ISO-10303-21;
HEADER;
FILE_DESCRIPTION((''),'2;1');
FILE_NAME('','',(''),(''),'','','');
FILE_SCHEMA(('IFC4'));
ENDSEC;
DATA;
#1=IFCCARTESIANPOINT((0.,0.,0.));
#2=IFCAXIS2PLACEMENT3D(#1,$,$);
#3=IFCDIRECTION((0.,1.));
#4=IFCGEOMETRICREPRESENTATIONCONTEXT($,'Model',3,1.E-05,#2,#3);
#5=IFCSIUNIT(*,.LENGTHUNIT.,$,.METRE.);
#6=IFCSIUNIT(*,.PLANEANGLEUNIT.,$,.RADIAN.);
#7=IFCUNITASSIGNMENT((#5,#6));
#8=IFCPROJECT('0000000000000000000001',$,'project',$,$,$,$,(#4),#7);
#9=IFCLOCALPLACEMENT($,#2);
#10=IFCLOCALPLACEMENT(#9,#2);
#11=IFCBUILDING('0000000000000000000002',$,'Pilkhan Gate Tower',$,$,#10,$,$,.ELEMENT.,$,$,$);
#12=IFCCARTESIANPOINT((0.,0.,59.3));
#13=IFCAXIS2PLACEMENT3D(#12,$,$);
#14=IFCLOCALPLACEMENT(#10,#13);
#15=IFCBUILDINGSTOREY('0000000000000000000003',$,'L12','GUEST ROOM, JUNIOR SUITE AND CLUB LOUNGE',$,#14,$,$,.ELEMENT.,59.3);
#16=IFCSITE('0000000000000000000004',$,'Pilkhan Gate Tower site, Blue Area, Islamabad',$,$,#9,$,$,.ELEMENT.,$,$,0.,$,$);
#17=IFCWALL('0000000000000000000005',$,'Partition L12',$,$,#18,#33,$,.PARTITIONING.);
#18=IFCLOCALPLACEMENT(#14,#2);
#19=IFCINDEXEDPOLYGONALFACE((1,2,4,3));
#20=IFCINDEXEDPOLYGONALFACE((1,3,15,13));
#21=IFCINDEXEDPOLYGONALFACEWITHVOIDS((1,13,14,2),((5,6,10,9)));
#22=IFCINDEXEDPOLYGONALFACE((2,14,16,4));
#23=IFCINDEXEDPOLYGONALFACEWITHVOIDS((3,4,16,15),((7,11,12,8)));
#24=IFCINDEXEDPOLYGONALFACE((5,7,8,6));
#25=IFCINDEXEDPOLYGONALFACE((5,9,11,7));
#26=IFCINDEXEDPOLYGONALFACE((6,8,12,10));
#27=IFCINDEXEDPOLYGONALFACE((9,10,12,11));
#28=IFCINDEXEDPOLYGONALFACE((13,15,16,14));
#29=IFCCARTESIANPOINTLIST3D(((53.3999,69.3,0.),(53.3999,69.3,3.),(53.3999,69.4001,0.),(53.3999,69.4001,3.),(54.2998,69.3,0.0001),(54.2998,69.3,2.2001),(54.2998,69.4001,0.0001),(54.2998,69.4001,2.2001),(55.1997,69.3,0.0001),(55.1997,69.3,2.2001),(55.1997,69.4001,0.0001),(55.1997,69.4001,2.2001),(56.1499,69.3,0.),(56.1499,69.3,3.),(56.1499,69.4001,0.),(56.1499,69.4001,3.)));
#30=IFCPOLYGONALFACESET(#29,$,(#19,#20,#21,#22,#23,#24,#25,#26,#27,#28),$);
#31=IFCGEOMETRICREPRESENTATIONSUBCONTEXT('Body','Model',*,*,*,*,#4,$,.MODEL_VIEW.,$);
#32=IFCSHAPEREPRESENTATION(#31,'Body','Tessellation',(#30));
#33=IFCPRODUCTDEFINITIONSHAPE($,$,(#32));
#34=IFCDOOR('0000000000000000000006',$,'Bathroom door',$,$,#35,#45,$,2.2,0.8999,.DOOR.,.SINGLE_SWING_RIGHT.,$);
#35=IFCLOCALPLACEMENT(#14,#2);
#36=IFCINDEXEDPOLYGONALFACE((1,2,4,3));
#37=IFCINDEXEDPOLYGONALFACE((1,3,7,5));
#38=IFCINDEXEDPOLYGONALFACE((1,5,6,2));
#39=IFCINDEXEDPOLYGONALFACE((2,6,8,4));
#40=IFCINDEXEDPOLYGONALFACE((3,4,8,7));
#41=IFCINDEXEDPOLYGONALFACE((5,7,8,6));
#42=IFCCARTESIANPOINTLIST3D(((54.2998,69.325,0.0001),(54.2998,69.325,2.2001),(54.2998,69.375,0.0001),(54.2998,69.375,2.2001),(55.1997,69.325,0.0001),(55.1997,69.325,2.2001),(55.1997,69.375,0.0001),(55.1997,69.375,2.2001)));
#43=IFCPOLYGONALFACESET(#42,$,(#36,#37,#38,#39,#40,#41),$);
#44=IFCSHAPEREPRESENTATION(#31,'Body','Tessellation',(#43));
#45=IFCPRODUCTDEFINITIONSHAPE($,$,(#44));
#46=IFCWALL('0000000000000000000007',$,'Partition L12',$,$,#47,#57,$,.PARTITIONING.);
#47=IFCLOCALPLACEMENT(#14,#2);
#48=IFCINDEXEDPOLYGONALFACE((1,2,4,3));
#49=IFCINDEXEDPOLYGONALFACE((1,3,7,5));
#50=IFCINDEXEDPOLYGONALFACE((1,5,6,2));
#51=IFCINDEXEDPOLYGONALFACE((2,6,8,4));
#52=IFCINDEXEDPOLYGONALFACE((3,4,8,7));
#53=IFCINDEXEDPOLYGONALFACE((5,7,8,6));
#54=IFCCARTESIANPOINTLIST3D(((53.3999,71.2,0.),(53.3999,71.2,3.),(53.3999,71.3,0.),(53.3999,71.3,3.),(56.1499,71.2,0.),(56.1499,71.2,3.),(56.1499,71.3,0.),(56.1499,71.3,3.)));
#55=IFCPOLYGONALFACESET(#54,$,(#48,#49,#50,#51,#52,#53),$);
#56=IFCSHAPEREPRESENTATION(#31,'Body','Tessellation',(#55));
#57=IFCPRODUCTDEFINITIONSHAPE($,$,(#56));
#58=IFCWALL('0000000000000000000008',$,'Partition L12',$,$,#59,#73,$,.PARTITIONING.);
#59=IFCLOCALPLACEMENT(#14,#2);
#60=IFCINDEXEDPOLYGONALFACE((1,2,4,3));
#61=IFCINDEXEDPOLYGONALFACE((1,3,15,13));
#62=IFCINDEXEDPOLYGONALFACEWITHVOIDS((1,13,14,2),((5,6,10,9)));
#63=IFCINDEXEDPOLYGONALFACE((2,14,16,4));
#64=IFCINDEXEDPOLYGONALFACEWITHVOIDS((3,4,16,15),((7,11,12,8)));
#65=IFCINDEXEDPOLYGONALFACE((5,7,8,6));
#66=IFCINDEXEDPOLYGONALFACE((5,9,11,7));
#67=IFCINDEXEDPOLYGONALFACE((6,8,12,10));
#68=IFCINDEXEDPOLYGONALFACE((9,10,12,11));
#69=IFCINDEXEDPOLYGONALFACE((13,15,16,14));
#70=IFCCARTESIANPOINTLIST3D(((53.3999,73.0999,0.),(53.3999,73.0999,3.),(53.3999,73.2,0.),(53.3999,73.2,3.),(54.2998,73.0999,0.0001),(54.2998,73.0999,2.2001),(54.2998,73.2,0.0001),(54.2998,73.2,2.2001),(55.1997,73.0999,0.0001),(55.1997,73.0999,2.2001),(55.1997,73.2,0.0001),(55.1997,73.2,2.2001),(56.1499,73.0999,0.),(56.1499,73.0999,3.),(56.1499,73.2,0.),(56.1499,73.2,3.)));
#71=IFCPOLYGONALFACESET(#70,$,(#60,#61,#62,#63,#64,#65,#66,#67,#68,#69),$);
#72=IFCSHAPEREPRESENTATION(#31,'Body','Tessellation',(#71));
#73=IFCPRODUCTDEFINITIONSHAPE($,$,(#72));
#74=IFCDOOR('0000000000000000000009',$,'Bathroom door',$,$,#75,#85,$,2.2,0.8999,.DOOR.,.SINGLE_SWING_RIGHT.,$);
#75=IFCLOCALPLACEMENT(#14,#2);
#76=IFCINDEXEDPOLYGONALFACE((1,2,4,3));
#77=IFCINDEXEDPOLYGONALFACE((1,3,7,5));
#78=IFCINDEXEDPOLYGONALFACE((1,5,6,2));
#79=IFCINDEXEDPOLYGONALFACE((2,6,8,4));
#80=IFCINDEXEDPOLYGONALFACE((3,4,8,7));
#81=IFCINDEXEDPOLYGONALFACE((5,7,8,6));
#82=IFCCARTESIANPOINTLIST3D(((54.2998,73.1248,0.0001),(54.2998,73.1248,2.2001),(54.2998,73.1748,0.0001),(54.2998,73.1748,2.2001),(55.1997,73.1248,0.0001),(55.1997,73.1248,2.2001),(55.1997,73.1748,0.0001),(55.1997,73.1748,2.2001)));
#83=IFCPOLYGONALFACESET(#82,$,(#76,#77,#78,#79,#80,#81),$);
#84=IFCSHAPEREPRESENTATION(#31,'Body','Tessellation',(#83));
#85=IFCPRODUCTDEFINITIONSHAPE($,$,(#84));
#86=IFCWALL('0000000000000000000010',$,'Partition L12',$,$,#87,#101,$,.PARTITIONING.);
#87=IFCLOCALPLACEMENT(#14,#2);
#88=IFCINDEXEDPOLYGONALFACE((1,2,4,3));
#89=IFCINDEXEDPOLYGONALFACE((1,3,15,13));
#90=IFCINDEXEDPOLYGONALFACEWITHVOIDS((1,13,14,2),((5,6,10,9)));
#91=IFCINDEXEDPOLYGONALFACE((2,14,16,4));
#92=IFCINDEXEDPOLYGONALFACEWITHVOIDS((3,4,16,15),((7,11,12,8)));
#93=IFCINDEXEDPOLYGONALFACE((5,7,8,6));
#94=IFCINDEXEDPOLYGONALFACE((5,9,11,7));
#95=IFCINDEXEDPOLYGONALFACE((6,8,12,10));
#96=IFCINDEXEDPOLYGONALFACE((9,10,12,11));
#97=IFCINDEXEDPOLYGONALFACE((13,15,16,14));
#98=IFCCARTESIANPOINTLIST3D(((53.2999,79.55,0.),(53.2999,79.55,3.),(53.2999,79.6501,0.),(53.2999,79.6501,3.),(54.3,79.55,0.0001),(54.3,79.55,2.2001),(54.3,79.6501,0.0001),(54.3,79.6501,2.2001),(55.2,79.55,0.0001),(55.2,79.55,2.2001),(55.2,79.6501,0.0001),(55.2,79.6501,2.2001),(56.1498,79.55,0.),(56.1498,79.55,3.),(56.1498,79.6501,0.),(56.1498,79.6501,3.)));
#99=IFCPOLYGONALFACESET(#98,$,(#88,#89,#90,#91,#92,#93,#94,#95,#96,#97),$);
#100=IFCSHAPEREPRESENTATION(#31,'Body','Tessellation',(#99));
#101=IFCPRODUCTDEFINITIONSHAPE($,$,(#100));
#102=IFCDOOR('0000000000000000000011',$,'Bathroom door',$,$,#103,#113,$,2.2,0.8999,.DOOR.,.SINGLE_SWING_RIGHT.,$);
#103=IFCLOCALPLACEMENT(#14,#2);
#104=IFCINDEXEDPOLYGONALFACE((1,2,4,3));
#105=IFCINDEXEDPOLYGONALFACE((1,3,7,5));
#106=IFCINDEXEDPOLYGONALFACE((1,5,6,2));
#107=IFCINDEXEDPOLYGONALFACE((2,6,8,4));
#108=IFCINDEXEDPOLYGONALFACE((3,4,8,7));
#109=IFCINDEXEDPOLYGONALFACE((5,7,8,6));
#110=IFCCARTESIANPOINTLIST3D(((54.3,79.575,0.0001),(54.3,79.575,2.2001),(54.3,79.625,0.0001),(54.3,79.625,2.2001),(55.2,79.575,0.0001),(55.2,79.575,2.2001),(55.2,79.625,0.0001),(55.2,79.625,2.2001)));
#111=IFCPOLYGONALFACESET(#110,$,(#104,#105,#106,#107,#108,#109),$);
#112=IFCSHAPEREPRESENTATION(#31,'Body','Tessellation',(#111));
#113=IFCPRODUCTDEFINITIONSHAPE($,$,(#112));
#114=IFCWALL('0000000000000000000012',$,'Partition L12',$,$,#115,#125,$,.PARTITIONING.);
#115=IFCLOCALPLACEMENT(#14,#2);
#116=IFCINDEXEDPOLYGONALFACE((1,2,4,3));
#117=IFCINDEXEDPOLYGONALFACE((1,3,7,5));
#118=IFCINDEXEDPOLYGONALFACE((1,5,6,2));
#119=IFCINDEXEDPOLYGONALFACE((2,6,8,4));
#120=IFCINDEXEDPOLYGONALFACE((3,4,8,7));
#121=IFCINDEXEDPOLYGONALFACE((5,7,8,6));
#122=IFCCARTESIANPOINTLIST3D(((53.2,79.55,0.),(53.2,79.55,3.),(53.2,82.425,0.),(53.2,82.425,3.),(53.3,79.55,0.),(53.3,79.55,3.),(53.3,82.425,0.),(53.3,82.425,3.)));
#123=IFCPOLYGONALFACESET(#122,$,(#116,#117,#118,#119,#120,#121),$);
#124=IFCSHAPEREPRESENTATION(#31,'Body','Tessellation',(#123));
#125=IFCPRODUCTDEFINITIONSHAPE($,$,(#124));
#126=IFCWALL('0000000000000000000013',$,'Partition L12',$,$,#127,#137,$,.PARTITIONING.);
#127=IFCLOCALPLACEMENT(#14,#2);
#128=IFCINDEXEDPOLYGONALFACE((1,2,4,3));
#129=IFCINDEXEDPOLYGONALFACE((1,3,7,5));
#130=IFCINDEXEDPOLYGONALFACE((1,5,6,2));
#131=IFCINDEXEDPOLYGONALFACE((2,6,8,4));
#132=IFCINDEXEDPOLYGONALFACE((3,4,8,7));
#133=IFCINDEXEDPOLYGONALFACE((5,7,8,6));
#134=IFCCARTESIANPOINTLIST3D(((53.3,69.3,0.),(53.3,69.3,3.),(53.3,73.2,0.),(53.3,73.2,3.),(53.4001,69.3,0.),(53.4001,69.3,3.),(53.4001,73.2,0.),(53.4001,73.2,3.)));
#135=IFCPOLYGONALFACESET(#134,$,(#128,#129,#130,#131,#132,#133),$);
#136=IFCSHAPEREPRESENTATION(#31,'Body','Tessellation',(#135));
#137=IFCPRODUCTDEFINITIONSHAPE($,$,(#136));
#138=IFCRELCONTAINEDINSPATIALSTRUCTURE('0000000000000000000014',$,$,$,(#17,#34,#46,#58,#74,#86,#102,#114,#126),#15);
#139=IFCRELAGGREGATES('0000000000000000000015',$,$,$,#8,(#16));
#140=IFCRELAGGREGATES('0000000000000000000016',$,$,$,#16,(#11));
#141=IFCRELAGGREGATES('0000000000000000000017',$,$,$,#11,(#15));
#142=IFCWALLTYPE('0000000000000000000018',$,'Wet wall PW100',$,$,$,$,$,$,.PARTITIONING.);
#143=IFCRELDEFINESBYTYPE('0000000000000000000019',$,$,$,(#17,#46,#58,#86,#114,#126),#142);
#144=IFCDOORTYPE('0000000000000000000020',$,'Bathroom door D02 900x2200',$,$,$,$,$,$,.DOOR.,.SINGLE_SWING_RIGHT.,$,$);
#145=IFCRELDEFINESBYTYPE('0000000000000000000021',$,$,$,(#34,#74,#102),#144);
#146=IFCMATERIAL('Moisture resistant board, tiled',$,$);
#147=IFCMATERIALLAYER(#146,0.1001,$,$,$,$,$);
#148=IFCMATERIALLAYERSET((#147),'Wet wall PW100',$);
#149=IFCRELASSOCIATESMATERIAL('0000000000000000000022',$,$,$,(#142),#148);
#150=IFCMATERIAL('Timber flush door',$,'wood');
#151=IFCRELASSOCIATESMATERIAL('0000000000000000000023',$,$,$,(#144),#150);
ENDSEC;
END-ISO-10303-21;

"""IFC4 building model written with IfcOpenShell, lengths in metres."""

from ifc_helpers import new_model, si_unit, direction, frame, frame_2d, origin, place, context, subcontext, project, spatial, rectangle, extrude, material, layer, layer_set, type_object, element, fill, save


model = new_model("IFC4")

# Units and contexts
model_context = context("Model", 3, precision=1e-05, world=origin(), true_north=direction((0.0, 1.0)))
body_context = subcontext(model_context, "Body", "Model", "MODEL_VIEW")
ifc_project = project(units=[si_unit("LENGTHUNIT", "METRE"), si_unit("PLANEANGLEUNIT", "RADIAN")], contexts=[model_context])

# Site, building, storey
site_placement = place(None, origin())
site = spatial("IfcSite", under=ifc_project, at=site_placement, Name="Pilkhan Gate Tower site, Blue Area, Islamabad", CompositionType="ELEMENT", RefElevation=0.0)
building_placement = place(site_placement, origin())
building = spatial("IfcBuilding", under=site, at=building_placement, Name="Pilkhan Gate Tower", CompositionType="ELEMENT")
storey_placement = place(building_placement, frame((0.0, 0.0, 59.3)))
storey = spatial("IfcBuildingStorey", under=building, at=storey_placement, Name="L12", Description="GUEST ROOM, JUNIOR SUITE AND CLUB LOUNGE", CompositionType="ELEMENT", Elevation=59.3)

# Wall, opening, door
ifc_material_1 = material(Name="Moisture resistant board, tiled")
ifc_layer_1 = layer(ifc_material_1, 0.1001)
ifc_layer_set_1 = layer_set([ifc_layer_1], Name="Wet wall PW100")
wall_type_1 = type_object("IfcWallType", Name="Wet wall PW100", PredefinedType="PARTITIONING", material=ifc_layer_set_1)
wall_1_placement = place(storey_placement, frame((53.3999, 69.3501, 0.0), z_axis=(0.0, 0.0, 1.0), x_axis=(1.0, 0.0, 0.0)))
wall_1 = element("IfcWall", 1, at=wall_1_placement, inside=storey, type_object=wall_type_1, Name="Partition L12", PredefinedType="PARTITIONING", context=body_context, shape_type="SweptSolid", body=[
    extrude(rectangle(XDim=2.75, YDim=0.1001, at=frame_2d((1.375, 0.0))), origin(), (0.0, 0.0, 1.0), 3.0),
])
opening_1_placement = place(wall_1_placement, frame((0.8999, 0.0, 0.0)))
opening_1 = element("IfcOpeningElement", 2, at=opening_1_placement, cuts=wall_1, PredefinedType="OPENING", context=body_context, shape_type="SweptSolid", body=[
    extrude(rectangle(XDim=0.8999, YDim=2.2, at=frame_2d((0.45, 1.1001))), frame((0.0, 0.0601, 0.0), z_axis=(0.0, -1.0, 0.0), x_axis=(1.0, 0.0, 0.0)), (0.0, 0.0, 1.0), 0.1201),
])
ifc_material_2 = material(Name="Timber flush door", Category="wood")
door_type = type_object("IfcDoorType", Name="Bathroom door D02 900x2200", OperationType="SINGLE_SWING_RIGHT", PredefinedType="DOOR", material=ifc_material_2)
door_1_placement = place(opening_1_placement, origin())
door_1 = element("IfcDoor", 3, at=door_1_placement, inside=storey, type_object=door_type, Name="Bathroom door", OperationType="SINGLE_SWING_RIGHT", OverallHeight=2.2, OverallWidth=0.8999, PredefinedType="DOOR", context=body_context, shape_type="SweptSolid", body=[
    extrude(rectangle(XDim=0.8999, YDim=2.2, at=frame_2d((0.45, 1.1001))), frame((0.0, 0.0249, 0.0), z_axis=(0.0, -1.0, 0.0), x_axis=(1.0, 0.0, 0.0)), (0.0, 0.0, 1.0), 0.05),
])
fill(opening_1, door_1)

# Wall
wall_2_placement = place(storey_placement, frame((53.3999, 71.25, 0.0), z_axis=(0.0, 0.0, 1.0), x_axis=(1.0, 0.0, 0.0)))
element("IfcWall", 4, at=wall_2_placement, inside=storey, type_object=wall_type_1, Name="Partition L12", PredefinedType="PARTITIONING", context=body_context, shape_type="SweptSolid", body=[
    extrude(rectangle(XDim=2.75, YDim=0.1001, at=frame_2d((1.375, 0.0))), origin(), (0.0, 0.0, 1.0), 3.0),
])

# Walls, openings, doors
wall_3_placement = place(storey_placement, frame((53.3999, 73.1499, 0.0), z_axis=(0.0, 0.0, 1.0), x_axis=(1.0, 0.0, 0.0)))
wall_3 = element("IfcWall", 5, at=wall_3_placement, inside=storey, type_object=wall_type_1, Name="Partition L12", PredefinedType="PARTITIONING", context=body_context, shape_type="SweptSolid", body=[
    extrude(rectangle(XDim=2.75, YDim=0.1001, at=frame_2d((1.375, 0.0))), origin(), (0.0, 0.0, 1.0), 3.0),
])
opening_2_placement = place(wall_3_placement, frame((0.8999, 0.0, 0.0)))
opening_2 = element("IfcOpeningElement", 6, at=opening_2_placement, cuts=wall_3, PredefinedType="OPENING", context=body_context, shape_type="SweptSolid", body=[
    extrude(rectangle(XDim=0.8999, YDim=2.2, at=frame_2d((0.45, 1.1001))), frame((0.0, 0.0601, 0.0), z_axis=(0.0, -1.0, 0.0), x_axis=(1.0, 0.0, 0.0)), (0.0, 0.0, 1.0), 0.1201),
])
door_2_placement = place(opening_2_placement, origin())
door_2 = element("IfcDoor", 7, at=door_2_placement, inside=storey, type_object=door_type, Name="Bathroom door", OperationType="SINGLE_SWING_RIGHT", OverallHeight=2.2, OverallWidth=0.8999, PredefinedType="DOOR", context=body_context, shape_type="SweptSolid", body=[
    extrude(rectangle(XDim=0.8999, YDim=2.2, at=frame_2d((0.45, 1.1001))), frame((0.0, 0.0249, 0.0), z_axis=(0.0, -1.0, 0.0), x_axis=(1.0, 0.0, 0.0)), (0.0, 0.0, 1.0), 0.05),
])
fill(opening_2, door_2)
wall_4_placement = place(storey_placement, frame((53.3, 79.6001, 0.0), z_axis=(0.0, 0.0, 1.0), x_axis=(1.0, 0.0, 0.0)))
wall_4 = element("IfcWall", 8, at=wall_4_placement, inside=storey, type_object=wall_type_1, Name="Partition L12", PredefinedType="PARTITIONING", context=body_context, shape_type="SweptSolid", body=[
    extrude(rectangle(XDim=2.8499, YDim=0.1001, at=frame_2d((1.4248, 0.0))), origin(), (0.0, 0.0, 1.0), 3.0),
])
opening_3_placement = place(wall_4_placement, frame((1.0, 0.0, 0.0)))
opening_3 = element("IfcOpeningElement", 9, at=opening_3_placement, cuts=wall_4, PredefinedType="OPENING", context=body_context, shape_type="SweptSolid", body=[
    extrude(rectangle(XDim=0.8999, YDim=2.2, at=frame_2d((0.45, 1.1001))), frame((0.0, 0.0601, 0.0), z_axis=(0.0, -1.0, 0.0), x_axis=(1.0, 0.0, 0.0)), (0.0, 0.0, 1.0), 0.1201),
])
door_3_placement = place(opening_3_placement, origin())
door_3 = element("IfcDoor", 10, at=door_3_placement, inside=storey, type_object=door_type, Name="Bathroom door", OperationType="SINGLE_SWING_RIGHT", OverallHeight=2.2, OverallWidth=0.8999, PredefinedType="DOOR", context=body_context, shape_type="SweptSolid", body=[
    extrude(rectangle(XDim=0.8999, YDim=2.2, at=frame_2d((0.45, 1.1001))), frame((0.0, 0.0249, 0.0), z_axis=(0.0, -1.0, 0.0), x_axis=(1.0, 0.0, 0.0)), (0.0, 0.0, 1.0), 0.05),
])
fill(opening_3, door_3)

# Walls
wall_5_placement = place(storey_placement, frame((53.25, 79.55, 0.0), z_axis=(0.0, 0.0, 1.0), x_axis=(0.0, 1.0, 0.0)))
element("IfcWall", 11, at=wall_5_placement, inside=storey, type_object=wall_type_1, Name="Partition L12", PredefinedType="PARTITIONING", context=body_context, shape_type="SweptSolid", body=[
    extrude(rectangle(XDim=2.875, YDim=0.1001, at=frame_2d((1.4375, 0.0))), origin(), (0.0, 0.0, 1.0), 3.0),
])
wall_6_placement = place(storey_placement, frame((53.3501, 69.3, 0.0), z_axis=(0.0, 0.0, 1.0), x_axis=(0.0, 1.0, 0.0)))
element("IfcWall", 12, at=wall_6_placement, inside=storey, type_object=wall_type_1, Name="Partition L12", PredefinedType="PARTITIONING", context=body_context, shape_type="SweptSolid", body=[
    extrude(rectangle(XDim=3.8999, YDim=0.1001, at=frame_2d((1.95, 0.0))), origin(), (0.0, 0.0, 1.0), 3.0),
])

save(model, "model.ifc")
